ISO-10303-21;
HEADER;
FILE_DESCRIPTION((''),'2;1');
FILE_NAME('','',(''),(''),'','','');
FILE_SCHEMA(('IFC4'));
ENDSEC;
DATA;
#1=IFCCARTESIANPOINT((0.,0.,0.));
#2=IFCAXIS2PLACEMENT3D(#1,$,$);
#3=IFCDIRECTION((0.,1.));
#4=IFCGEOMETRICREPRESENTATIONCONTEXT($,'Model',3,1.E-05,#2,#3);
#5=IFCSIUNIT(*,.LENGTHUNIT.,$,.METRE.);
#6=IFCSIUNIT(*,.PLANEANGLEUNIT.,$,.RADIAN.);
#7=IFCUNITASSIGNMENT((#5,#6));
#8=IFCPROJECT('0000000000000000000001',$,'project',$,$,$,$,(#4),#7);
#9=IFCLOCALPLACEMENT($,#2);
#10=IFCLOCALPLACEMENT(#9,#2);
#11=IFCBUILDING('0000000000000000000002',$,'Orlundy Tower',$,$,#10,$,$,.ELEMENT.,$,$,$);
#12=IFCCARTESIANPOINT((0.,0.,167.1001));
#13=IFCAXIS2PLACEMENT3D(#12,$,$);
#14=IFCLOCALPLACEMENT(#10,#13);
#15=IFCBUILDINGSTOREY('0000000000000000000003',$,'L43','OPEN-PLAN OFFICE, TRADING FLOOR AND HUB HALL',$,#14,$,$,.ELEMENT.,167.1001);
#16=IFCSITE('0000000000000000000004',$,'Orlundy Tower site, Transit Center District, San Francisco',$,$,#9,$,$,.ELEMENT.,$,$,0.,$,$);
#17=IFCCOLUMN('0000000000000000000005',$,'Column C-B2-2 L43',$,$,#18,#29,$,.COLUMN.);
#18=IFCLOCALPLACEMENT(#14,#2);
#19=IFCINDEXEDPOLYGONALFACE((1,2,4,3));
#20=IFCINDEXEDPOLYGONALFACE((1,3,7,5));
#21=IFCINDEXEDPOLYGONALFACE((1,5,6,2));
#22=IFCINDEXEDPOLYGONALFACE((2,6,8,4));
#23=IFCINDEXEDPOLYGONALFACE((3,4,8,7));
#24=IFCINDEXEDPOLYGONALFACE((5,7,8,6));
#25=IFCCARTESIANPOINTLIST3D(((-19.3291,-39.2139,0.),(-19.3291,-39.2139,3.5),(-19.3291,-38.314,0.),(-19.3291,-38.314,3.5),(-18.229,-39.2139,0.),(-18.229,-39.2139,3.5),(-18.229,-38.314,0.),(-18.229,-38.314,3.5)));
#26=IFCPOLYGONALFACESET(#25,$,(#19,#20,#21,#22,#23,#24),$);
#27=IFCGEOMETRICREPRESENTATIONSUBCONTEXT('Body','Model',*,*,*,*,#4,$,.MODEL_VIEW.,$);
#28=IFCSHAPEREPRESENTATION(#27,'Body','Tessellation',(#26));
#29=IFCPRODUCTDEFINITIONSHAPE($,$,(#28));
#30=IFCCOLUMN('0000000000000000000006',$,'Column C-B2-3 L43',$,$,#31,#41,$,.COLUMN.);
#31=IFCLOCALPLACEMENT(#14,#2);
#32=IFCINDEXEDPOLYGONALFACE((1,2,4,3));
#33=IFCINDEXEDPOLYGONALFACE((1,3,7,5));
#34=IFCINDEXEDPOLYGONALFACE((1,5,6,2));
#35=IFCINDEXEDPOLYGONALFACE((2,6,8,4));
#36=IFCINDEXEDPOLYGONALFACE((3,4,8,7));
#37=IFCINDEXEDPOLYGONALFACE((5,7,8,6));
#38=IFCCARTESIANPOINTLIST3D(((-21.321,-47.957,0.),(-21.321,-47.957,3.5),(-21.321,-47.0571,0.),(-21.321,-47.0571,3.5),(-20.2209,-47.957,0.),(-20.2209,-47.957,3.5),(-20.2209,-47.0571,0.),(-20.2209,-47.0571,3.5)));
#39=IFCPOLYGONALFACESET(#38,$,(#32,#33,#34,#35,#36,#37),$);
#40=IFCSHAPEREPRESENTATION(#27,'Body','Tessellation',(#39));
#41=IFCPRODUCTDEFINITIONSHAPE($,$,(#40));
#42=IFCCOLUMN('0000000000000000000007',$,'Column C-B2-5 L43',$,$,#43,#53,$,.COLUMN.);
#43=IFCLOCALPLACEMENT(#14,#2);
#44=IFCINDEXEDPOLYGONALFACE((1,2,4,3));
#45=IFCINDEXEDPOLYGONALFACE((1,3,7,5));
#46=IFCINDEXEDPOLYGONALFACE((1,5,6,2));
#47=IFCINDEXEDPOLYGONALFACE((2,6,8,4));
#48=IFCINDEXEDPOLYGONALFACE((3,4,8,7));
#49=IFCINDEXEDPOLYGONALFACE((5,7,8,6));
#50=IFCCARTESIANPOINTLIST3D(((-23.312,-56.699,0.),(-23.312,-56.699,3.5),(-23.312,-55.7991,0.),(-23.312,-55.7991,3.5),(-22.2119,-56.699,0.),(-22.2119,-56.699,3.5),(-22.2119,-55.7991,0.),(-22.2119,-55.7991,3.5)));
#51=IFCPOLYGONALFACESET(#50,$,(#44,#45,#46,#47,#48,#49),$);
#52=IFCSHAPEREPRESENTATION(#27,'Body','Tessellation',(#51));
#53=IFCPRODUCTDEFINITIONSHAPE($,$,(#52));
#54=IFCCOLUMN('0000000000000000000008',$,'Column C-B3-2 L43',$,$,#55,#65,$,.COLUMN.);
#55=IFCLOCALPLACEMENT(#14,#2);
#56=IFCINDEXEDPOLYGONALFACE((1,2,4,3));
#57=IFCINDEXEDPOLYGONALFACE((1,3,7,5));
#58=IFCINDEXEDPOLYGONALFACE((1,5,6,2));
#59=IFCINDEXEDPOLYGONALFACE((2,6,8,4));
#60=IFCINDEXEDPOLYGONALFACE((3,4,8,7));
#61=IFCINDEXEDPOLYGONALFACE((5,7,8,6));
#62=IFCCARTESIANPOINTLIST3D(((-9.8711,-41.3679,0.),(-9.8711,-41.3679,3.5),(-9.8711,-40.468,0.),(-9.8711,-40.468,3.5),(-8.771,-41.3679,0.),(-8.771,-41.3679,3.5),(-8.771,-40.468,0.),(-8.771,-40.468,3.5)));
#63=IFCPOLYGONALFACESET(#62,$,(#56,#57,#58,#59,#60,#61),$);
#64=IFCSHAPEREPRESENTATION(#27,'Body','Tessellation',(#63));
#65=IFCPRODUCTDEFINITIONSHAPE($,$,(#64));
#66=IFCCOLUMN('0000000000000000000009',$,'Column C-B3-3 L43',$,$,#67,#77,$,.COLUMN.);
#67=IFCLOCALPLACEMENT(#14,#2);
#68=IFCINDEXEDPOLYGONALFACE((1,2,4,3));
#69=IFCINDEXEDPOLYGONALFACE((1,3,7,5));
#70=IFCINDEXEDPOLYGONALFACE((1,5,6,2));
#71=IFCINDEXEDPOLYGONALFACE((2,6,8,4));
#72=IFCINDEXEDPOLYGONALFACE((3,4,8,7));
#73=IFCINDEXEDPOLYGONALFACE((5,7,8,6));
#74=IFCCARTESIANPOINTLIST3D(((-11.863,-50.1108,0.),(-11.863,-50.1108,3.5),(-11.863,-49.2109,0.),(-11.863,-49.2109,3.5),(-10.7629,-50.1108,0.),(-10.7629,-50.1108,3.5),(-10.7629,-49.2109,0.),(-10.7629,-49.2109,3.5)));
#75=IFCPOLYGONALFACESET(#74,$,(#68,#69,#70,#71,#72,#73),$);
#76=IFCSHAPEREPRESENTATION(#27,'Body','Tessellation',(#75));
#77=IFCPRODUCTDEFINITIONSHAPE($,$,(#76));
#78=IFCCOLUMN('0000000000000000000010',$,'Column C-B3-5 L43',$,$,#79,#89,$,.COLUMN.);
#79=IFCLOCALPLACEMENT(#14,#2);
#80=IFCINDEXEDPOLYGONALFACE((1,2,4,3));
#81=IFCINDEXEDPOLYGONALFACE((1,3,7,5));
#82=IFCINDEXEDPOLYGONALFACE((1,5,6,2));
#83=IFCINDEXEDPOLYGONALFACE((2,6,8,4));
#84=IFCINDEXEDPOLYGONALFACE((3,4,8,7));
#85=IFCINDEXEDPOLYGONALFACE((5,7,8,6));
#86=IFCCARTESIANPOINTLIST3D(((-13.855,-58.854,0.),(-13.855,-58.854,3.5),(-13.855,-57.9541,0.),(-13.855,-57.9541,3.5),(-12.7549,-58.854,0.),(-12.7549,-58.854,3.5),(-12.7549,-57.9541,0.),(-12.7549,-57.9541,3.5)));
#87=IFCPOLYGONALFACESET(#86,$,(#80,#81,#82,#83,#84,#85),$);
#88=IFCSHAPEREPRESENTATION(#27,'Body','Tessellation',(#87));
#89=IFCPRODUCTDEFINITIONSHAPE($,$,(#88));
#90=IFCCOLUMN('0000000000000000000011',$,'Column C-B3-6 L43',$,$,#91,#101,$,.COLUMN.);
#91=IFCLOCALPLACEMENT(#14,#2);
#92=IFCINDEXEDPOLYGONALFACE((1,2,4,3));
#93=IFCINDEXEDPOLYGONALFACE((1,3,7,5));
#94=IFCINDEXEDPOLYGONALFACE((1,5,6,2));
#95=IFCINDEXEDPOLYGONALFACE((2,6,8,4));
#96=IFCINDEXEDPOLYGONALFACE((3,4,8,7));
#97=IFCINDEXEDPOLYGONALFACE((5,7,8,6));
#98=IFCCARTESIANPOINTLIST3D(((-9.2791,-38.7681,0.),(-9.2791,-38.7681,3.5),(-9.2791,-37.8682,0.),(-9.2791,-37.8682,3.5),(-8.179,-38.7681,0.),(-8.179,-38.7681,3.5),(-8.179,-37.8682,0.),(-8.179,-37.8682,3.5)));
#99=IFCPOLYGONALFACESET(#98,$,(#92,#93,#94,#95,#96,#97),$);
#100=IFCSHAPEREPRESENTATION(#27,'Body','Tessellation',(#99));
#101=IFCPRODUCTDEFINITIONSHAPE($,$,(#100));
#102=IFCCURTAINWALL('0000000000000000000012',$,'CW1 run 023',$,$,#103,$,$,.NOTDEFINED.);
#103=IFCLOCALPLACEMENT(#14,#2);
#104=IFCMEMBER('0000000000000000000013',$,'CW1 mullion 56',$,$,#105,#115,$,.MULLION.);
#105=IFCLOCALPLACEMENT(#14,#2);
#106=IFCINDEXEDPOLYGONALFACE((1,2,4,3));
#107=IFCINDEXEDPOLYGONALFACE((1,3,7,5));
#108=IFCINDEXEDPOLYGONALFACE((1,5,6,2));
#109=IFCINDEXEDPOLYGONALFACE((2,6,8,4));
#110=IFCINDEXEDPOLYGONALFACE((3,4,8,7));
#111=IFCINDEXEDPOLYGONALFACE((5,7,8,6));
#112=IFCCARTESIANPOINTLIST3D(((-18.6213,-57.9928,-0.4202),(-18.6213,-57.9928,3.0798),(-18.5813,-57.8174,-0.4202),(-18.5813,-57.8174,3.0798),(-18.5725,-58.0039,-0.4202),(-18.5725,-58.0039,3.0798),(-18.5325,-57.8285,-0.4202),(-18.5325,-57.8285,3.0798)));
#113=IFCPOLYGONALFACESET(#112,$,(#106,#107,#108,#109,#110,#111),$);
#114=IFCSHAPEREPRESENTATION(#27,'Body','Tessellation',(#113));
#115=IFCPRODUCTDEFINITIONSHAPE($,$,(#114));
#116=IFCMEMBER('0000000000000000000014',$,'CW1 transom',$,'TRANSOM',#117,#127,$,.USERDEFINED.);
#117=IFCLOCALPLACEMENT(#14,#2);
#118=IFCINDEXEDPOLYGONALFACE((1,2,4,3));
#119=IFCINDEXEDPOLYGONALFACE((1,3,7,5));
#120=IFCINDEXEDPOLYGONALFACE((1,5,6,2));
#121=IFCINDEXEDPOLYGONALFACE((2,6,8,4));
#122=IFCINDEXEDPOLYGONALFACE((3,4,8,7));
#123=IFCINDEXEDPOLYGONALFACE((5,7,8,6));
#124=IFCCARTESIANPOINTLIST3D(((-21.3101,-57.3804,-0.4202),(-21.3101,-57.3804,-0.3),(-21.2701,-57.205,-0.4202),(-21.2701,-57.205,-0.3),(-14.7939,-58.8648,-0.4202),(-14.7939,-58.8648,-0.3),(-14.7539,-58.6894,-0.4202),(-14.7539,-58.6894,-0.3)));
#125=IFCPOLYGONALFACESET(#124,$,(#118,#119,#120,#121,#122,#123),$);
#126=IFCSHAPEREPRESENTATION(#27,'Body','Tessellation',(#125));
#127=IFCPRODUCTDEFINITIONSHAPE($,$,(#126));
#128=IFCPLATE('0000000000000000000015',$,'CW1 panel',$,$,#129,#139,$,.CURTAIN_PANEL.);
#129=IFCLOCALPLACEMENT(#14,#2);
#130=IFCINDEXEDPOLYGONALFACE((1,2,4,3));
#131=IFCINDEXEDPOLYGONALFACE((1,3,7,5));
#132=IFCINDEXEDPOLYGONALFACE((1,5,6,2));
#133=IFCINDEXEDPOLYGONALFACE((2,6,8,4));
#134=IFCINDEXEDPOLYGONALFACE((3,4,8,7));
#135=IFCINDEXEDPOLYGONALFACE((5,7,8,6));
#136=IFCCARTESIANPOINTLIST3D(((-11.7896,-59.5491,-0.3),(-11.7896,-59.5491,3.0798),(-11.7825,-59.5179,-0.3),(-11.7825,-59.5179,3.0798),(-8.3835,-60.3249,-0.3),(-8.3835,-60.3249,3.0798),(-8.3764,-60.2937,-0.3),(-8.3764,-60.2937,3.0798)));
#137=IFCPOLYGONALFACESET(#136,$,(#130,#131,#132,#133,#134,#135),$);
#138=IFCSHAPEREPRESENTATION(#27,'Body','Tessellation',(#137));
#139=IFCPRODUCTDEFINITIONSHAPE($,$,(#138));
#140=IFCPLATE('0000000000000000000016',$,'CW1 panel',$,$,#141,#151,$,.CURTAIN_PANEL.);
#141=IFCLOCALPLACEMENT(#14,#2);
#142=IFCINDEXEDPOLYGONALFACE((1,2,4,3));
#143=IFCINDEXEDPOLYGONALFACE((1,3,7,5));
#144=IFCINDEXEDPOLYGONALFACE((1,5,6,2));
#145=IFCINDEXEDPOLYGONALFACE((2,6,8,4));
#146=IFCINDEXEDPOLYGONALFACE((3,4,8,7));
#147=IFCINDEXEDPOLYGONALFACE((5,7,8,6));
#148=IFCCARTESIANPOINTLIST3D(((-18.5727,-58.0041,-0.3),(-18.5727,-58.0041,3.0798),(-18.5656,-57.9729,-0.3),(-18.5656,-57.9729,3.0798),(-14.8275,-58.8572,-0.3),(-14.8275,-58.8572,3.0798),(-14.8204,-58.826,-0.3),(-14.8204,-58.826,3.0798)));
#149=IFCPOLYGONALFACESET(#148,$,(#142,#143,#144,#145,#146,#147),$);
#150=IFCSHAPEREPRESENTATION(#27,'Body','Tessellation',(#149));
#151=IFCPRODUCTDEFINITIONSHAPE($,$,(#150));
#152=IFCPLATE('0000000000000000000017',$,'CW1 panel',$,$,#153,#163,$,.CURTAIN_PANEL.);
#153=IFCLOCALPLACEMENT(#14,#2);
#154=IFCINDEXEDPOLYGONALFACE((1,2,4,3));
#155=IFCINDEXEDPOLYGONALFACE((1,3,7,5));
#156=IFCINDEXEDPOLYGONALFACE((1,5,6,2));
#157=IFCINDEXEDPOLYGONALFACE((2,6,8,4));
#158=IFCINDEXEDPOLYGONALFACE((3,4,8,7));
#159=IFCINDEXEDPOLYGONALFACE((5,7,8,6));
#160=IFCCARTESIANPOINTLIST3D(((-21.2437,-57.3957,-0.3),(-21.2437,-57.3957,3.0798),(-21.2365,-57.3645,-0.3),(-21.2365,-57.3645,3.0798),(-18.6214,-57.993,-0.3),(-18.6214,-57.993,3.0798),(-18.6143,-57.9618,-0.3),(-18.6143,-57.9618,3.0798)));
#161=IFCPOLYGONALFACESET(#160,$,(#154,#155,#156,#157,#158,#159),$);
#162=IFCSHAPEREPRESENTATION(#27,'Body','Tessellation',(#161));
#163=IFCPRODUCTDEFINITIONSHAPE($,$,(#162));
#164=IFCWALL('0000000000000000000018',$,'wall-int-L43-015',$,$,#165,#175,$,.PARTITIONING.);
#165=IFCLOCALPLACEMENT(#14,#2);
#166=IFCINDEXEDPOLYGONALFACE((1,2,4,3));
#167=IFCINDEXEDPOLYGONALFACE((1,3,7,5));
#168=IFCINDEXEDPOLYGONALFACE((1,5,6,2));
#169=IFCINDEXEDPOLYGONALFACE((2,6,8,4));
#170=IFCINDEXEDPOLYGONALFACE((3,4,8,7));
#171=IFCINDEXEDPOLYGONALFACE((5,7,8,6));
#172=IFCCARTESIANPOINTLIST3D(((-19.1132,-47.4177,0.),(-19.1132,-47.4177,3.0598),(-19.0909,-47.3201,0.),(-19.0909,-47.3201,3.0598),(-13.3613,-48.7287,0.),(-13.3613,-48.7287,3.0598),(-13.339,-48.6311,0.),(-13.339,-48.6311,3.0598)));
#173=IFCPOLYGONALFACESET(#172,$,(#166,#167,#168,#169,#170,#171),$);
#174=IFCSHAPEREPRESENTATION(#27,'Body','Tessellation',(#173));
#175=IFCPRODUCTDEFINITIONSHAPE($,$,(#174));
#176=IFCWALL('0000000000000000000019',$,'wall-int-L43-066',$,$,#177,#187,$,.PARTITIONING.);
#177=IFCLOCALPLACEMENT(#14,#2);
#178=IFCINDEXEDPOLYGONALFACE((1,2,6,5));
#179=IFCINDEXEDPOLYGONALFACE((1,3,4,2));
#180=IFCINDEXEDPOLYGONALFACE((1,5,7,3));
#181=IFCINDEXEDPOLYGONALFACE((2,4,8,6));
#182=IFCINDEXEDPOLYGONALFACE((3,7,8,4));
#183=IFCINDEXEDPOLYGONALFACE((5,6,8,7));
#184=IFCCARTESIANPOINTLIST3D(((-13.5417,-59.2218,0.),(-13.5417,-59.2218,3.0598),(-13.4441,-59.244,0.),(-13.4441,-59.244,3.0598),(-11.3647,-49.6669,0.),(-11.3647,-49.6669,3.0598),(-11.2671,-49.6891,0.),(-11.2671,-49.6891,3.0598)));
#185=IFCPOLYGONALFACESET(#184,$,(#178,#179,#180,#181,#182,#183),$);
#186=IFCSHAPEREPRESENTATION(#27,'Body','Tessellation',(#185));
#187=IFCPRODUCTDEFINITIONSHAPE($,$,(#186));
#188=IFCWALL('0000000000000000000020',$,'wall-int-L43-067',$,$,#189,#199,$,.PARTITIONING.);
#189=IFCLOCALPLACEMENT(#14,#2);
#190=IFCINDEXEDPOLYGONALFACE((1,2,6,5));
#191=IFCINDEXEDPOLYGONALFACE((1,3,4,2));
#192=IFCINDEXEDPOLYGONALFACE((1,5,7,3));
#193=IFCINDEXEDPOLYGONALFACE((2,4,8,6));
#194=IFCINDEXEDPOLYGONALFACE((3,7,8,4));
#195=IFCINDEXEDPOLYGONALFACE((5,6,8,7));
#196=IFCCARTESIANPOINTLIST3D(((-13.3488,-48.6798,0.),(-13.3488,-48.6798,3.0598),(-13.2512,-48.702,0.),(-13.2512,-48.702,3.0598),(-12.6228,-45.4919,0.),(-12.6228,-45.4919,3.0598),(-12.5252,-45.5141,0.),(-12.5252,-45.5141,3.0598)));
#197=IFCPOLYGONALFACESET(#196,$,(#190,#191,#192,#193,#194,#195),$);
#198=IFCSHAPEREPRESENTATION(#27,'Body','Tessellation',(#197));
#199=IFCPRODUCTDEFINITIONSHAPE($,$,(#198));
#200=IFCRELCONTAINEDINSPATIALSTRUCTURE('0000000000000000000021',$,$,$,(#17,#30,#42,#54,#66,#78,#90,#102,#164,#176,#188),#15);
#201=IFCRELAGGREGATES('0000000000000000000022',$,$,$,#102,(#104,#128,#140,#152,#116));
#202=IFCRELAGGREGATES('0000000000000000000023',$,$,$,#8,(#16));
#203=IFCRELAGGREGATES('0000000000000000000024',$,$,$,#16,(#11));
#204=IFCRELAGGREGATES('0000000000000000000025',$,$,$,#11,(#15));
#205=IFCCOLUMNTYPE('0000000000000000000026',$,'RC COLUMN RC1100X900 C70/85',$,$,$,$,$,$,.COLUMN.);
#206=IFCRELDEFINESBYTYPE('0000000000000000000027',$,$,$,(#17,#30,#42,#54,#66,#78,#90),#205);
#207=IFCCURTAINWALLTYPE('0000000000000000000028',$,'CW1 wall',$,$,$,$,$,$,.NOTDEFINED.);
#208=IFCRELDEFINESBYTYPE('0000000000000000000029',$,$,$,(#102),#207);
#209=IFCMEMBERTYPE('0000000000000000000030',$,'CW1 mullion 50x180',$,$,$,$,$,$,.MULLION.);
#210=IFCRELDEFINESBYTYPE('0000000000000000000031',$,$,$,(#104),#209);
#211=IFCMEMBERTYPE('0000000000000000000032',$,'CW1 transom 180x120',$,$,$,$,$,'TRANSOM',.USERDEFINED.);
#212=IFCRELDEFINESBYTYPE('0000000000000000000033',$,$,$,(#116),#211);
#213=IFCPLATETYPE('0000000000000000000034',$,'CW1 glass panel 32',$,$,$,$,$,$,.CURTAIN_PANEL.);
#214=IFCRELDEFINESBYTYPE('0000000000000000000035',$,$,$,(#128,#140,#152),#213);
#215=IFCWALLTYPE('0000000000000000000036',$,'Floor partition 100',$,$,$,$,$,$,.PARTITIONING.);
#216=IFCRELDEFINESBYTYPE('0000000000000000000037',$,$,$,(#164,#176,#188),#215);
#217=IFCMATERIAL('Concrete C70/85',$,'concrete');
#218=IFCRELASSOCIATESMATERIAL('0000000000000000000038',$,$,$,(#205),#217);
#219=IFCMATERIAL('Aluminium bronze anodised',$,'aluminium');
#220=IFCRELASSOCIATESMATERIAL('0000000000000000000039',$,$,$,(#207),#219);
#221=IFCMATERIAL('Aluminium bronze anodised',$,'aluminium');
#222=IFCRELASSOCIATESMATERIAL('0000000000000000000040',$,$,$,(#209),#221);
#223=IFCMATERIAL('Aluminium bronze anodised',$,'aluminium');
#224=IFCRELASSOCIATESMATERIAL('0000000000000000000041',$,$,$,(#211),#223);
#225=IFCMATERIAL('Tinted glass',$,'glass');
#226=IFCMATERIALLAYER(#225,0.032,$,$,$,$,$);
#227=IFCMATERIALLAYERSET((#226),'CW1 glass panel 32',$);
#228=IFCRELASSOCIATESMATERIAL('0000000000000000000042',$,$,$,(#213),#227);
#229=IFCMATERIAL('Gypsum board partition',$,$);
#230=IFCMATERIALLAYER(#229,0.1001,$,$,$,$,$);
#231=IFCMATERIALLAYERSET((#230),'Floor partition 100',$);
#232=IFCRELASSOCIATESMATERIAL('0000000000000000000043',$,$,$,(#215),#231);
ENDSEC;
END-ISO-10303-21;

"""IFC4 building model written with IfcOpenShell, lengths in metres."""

from ifc_helpers import new_model, si_unit, direction, frame, frame_2d, origin, origin_2d, place, context, subcontext, project, spatial, rectangle, extrude, material, layer, layer_set, material_profile, profile_set, type_object, element, aggregate, save


model = new_model("IFC4")

# Units and contexts
model_context = context("Model", 3, precision=1e-05, world=origin(), true_north=direction((0.0, 1.0)))
body_context = subcontext(model_context, "Body", "Model", "MODEL_VIEW")
ifc_project = project(units=[si_unit("LENGTHUNIT", "METRE"), si_unit("PLANEANGLEUNIT", "RADIAN")], contexts=[model_context])

# Site, building, storey
site_placement = place(None, origin())
site = spatial("IfcSite", under=ifc_project, at=site_placement, Name="Orlundy Tower site, Transit Center District, San Francisco", CompositionType="ELEMENT", RefElevation=0.0)
building_placement = place(site_placement, origin())
building = spatial("IfcBuilding", under=site, at=building_placement, Name="Orlundy Tower", CompositionType="ELEMENT")
storey_placement = place(building_placement, frame((0.0, 0.0, 167.1001)))
storey = spatial("IfcBuildingStorey", under=building, at=storey_placement, Name="L43", Description="OPEN-PLAN OFFICE, TRADING FLOOR AND HUB HALL", CompositionType="ELEMENT", Elevation=167.1001)

# Columns
ifc_material_1 = material(Name="Concrete C70/85", Category="concrete")
ifc_material_profile_1 = material_profile(ifc_material_1, rectangle(XDim=1.1001, YDim=0.8999, at=origin_2d()), Name="RC1100X900")
ifc_profile_set_1 = profile_set([ifc_material_profile_1], Name="Concrete C70/85")
column_type = type_object("IfcColumnType", Name="RC COLUMN RC1100X900 C70/85", PredefinedType="COLUMN", material=ifc_profile_set_1)
for number, where, z_axis, x_axis, name in (
    (1, (-18.7791, -38.7639, 0.0), (0.0, 0.0, 1.0), (1.0, 0.0, 0.0), "Column C-B2-2 L43"),
    (2, (-20.771, -47.5071, 0.0), (0.0, 0.0, 1.0), (1.0, 0.0, 0.0), "Column C-B2-3 L43"),
    (3, (-22.762, -56.249, 0.0), (0.0, 0.0, 1.0), (1.0, 0.0, 0.0), "Column C-B2-5 L43"),
    (4, (-9.321, -40.918, 0.0), (0.0, 0.0, 1.0), (1.0, 0.0, 0.0), "Column C-B3-2 L43"),
    (5, (-11.313, -49.6609, 0.0), (0.0, 0.0, 1.0), (1.0, 0.0, 0.0), "Column C-B3-3 L43"),
    (6, (-13.3049, -58.4041, 0.0), (0.0, 0.0, 1.0), (1.0, 0.0, 0.0), "Column C-B3-5 L43"),
    (7, (-8.729, -38.3181, 0.0), (0.0, 0.0, 1.0), (1.0, 0.0, 0.0), "Column C-B3-6 L43"),
):
    element("IfcColumn", number, at=place(storey_placement, frame(where, z_axis=z_axis, x_axis=x_axis)), inside=storey, type_object=column_type, Name=name, PredefinedType="COLUMN", context=body_context, shape_type="SweptSolid", body=[
        extrude(rectangle(XDim=1.1001, YDim=0.8999, at=origin_2d()), origin(), (0.0, 0.0, 1.0), 3.5),
    ])

# Curtain wall, members, plates
ifc_material_2 = material(Name="Aluminium bronze anodised", Category="aluminium")
curtain_wall_type = type_object("IfcCurtainWallType", Name="CW1 wall", PredefinedType="NOTDEFINED", material=ifc_material_2)
curtain_wall_placement = place(storey_placement, origin())
curtain_wall = element("IfcCurtainWall", 8, at=curtain_wall_placement, inside=storey, type_object=curtain_wall_type, Name="CW1 run 023", PredefinedType="NOTDEFINED")
ifc_material_3 = material(Name="Aluminium bronze anodised", Category="aluminium")
ifc_material_profile_2 = material_profile(ifc_material_3, rectangle(XDim=0.1799, YDim=0.05, at=origin_2d()), Name="CW1 mullion 50x180")
ifc_profile_set_2 = profile_set([ifc_material_profile_2], Name="Aluminium bronze anodised")
member_type_1 = type_object("IfcMemberType", Name="CW1 mullion 50x180", PredefinedType="MULLION", material=ifc_profile_set_2)
member_1_placement = place(storey_placement, frame((-18.5769, -57.9106, -0.4202), z_axis=(0.0, 0.0, 1.0), x_axis=(-0.22209, -0.975026, 0.0)))
member_1 = element("IfcMember", 9, at=member_1_placement, type_object=member_type_1, Name="CW1 mullion 56", PredefinedType="MULLION", context=body_context, shape_type="SweptSolid", body=[
    extrude(rectangle(XDim=0.1799, YDim=0.05, at=origin_2d()), origin(), (0.0, 0.0, 1.0), 3.5),
])
ifc_material_4 = material(Name="Aluminium bronze anodised", Category="aluminium")
ifc_material_profile_3 = material_profile(ifc_material_4, rectangle(XDim=0.1799, YDim=0.1201, at=origin_2d()), Name="CW1 transom 180x120")
ifc_profile_set_3 = profile_set([ifc_material_profile_3], Name="Aluminium bronze anodised")
member_type_2 = type_object("IfcMemberType", Name="CW1 transom 180x120", ElementType="TRANSOM", PredefinedType="USERDEFINED", material=ifc_profile_set_3)
member_2_placement = place(storey_placement, frame((-14.7739, -58.7771, -0.3601), z_axis=(-0.975021, 0.222111, 0.0), x_axis=(-0.222111, -0.975021, 0.0)))
member_2 = element("IfcMember", 10, at=member_2_placement, type_object=member_type_2, Name="CW1 transom", ObjectType="TRANSOM", PredefinedType="USERDEFINED", context=body_context, shape_type="SweptSolid", body=[
    extrude(rectangle(XDim=0.1799, YDim=0.1201, at=origin_2d()), origin(), (0.0, 0.0, 1.0), 6.6831),
])
ifc_material_5 = material(Name="Tinted glass", Category="glass")
ifc_layer_1 = layer(ifc_material_5, 0.032)
ifc_layer_set_1 = layer_set([ifc_layer_1], Name="CW1 glass panel 32")
plate_type = type_object("IfcPlateType", Name="CW1 glass panel 32", PredefinedType="CURTAIN_PANEL", material=ifc_layer_set_1)
plate_1_placement = place(storey_placement, frame((-10.083, -59.9214, -0.3), z_axis=(0.0, 0.0, 1.0), x_axis=(-0.975026, 0.22209, 0.0)))
plate_1 = element("IfcPlate", 11, at=plate_1_placement, type_object=plate_type, Name="CW1 panel", PredefinedType="CURTAIN_PANEL", context=body_context, shape_type="SweptSolid", body=[
    extrude(rectangle(XDim=3.4934, YDim=0.032, at=origin_2d()), origin(), (0.0, 0.0, 1.0), 3.3799),
])
plate_2_placement = place(storey_placement, frame((-16.6965, -58.415, -0.3), z_axis=(0.0, 0.0, 1.0), x_axis=(-0.975026, 0.22209, 0.0)))
plate_2 = element("IfcPlate", 12, at=plate_2_placement, type_object=plate_type, Name="CW1 panel", PredefinedType="CURTAIN_PANEL", context=body_context, shape_type="SweptSolid", body=[
    extrude(rectangle(XDim=3.8411, YDim=0.032, at=origin_2d()), origin(), (0.0, 0.0, 1.0), 3.3799),
])
plate_3_placement = place(storey_placement, frame((-19.929, -57.6787, -0.3), z_axis=(0.0, 0.0, 1.0), x_axis=(-0.975026, 0.22209, 0.0)))
plate_3 = element("IfcPlate", 13, at=plate_3_placement, type_object=plate_type, Name="CW1 panel", PredefinedType="CURTAIN_PANEL", context=body_context, shape_type="SweptSolid", body=[
    extrude(rectangle(XDim=2.6895, YDim=0.032, at=origin_2d()), origin(), (0.0, 0.0, 1.0), 3.3799),
])
aggregate(curtain_wall, [member_1, plate_1, plate_2, plate_3, member_2])

# Walls
ifc_material_6 = material(Name="Gypsum board partition")
ifc_layer_2 = layer(ifc_material_6, 0.1001)
ifc_layer_set_2 = layer_set([ifc_layer_2], Name="Floor partition 100")
wall_type_1 = type_object("IfcWallType", Name="Floor partition 100", PredefinedType="PARTITIONING", material=ifc_layer_set_2)
wall_1_placement = place(storey_placement, frame((-19.1021, -47.3689, 0.0), z_axis=(0.0, 0.0, 1.0), x_axis=(0.974994, -0.222229, 0.0)))
element("IfcWall", 14, at=wall_1_placement, inside=storey, type_object=wall_type_1, Name="wall-int-L43-015", PredefinedType="PARTITIONING", context=body_context, shape_type="SweptSolid", body=[
    extrude(rectangle(XDim=5.8994, YDim=0.1001, at=frame_2d((2.9497, 0.0))), origin(), (0.0, 0.0, 1.0), 3.0598),
])
wall_2_placement = place(storey_placement, frame((-13.4929, -59.2329, 0.0), z_axis=(0.0, 0.0, 1.0), x_axis=(0.222148, 0.975013, 0.0)))
element("IfcWall", 15, at=wall_2_placement, inside=storey, type_object=wall_type_1, Name="wall-int-L43-066", PredefinedType="PARTITIONING", context=body_context, shape_type="SweptSolid", body=[
    extrude(rectangle(XDim=9.7998, YDim=0.1001, at=frame_2d((4.8999, 0.0))), origin(), (0.0, 0.0, 1.0), 3.0598),
])
wall_3_placement = place(storey_placement, frame((-13.3, -48.6909, 0.0), z_axis=(0.0, 0.0, 1.0), x_axis=(0.222066, 0.975032, 0.0)))
element("IfcWall", 16, at=wall_3_placement, inside=storey, type_object=wall_type_1, Name="wall-int-L43-067", PredefinedType="PARTITIONING", context=body_context, shape_type="SweptSolid", body=[
    extrude(rectangle(XDim=3.2695, YDim=0.1001, at=frame_2d((1.6348, 0.0))), origin(), (0.0, 0.0, 1.0), 3.0598),
])

save(model, "model.ifc")
